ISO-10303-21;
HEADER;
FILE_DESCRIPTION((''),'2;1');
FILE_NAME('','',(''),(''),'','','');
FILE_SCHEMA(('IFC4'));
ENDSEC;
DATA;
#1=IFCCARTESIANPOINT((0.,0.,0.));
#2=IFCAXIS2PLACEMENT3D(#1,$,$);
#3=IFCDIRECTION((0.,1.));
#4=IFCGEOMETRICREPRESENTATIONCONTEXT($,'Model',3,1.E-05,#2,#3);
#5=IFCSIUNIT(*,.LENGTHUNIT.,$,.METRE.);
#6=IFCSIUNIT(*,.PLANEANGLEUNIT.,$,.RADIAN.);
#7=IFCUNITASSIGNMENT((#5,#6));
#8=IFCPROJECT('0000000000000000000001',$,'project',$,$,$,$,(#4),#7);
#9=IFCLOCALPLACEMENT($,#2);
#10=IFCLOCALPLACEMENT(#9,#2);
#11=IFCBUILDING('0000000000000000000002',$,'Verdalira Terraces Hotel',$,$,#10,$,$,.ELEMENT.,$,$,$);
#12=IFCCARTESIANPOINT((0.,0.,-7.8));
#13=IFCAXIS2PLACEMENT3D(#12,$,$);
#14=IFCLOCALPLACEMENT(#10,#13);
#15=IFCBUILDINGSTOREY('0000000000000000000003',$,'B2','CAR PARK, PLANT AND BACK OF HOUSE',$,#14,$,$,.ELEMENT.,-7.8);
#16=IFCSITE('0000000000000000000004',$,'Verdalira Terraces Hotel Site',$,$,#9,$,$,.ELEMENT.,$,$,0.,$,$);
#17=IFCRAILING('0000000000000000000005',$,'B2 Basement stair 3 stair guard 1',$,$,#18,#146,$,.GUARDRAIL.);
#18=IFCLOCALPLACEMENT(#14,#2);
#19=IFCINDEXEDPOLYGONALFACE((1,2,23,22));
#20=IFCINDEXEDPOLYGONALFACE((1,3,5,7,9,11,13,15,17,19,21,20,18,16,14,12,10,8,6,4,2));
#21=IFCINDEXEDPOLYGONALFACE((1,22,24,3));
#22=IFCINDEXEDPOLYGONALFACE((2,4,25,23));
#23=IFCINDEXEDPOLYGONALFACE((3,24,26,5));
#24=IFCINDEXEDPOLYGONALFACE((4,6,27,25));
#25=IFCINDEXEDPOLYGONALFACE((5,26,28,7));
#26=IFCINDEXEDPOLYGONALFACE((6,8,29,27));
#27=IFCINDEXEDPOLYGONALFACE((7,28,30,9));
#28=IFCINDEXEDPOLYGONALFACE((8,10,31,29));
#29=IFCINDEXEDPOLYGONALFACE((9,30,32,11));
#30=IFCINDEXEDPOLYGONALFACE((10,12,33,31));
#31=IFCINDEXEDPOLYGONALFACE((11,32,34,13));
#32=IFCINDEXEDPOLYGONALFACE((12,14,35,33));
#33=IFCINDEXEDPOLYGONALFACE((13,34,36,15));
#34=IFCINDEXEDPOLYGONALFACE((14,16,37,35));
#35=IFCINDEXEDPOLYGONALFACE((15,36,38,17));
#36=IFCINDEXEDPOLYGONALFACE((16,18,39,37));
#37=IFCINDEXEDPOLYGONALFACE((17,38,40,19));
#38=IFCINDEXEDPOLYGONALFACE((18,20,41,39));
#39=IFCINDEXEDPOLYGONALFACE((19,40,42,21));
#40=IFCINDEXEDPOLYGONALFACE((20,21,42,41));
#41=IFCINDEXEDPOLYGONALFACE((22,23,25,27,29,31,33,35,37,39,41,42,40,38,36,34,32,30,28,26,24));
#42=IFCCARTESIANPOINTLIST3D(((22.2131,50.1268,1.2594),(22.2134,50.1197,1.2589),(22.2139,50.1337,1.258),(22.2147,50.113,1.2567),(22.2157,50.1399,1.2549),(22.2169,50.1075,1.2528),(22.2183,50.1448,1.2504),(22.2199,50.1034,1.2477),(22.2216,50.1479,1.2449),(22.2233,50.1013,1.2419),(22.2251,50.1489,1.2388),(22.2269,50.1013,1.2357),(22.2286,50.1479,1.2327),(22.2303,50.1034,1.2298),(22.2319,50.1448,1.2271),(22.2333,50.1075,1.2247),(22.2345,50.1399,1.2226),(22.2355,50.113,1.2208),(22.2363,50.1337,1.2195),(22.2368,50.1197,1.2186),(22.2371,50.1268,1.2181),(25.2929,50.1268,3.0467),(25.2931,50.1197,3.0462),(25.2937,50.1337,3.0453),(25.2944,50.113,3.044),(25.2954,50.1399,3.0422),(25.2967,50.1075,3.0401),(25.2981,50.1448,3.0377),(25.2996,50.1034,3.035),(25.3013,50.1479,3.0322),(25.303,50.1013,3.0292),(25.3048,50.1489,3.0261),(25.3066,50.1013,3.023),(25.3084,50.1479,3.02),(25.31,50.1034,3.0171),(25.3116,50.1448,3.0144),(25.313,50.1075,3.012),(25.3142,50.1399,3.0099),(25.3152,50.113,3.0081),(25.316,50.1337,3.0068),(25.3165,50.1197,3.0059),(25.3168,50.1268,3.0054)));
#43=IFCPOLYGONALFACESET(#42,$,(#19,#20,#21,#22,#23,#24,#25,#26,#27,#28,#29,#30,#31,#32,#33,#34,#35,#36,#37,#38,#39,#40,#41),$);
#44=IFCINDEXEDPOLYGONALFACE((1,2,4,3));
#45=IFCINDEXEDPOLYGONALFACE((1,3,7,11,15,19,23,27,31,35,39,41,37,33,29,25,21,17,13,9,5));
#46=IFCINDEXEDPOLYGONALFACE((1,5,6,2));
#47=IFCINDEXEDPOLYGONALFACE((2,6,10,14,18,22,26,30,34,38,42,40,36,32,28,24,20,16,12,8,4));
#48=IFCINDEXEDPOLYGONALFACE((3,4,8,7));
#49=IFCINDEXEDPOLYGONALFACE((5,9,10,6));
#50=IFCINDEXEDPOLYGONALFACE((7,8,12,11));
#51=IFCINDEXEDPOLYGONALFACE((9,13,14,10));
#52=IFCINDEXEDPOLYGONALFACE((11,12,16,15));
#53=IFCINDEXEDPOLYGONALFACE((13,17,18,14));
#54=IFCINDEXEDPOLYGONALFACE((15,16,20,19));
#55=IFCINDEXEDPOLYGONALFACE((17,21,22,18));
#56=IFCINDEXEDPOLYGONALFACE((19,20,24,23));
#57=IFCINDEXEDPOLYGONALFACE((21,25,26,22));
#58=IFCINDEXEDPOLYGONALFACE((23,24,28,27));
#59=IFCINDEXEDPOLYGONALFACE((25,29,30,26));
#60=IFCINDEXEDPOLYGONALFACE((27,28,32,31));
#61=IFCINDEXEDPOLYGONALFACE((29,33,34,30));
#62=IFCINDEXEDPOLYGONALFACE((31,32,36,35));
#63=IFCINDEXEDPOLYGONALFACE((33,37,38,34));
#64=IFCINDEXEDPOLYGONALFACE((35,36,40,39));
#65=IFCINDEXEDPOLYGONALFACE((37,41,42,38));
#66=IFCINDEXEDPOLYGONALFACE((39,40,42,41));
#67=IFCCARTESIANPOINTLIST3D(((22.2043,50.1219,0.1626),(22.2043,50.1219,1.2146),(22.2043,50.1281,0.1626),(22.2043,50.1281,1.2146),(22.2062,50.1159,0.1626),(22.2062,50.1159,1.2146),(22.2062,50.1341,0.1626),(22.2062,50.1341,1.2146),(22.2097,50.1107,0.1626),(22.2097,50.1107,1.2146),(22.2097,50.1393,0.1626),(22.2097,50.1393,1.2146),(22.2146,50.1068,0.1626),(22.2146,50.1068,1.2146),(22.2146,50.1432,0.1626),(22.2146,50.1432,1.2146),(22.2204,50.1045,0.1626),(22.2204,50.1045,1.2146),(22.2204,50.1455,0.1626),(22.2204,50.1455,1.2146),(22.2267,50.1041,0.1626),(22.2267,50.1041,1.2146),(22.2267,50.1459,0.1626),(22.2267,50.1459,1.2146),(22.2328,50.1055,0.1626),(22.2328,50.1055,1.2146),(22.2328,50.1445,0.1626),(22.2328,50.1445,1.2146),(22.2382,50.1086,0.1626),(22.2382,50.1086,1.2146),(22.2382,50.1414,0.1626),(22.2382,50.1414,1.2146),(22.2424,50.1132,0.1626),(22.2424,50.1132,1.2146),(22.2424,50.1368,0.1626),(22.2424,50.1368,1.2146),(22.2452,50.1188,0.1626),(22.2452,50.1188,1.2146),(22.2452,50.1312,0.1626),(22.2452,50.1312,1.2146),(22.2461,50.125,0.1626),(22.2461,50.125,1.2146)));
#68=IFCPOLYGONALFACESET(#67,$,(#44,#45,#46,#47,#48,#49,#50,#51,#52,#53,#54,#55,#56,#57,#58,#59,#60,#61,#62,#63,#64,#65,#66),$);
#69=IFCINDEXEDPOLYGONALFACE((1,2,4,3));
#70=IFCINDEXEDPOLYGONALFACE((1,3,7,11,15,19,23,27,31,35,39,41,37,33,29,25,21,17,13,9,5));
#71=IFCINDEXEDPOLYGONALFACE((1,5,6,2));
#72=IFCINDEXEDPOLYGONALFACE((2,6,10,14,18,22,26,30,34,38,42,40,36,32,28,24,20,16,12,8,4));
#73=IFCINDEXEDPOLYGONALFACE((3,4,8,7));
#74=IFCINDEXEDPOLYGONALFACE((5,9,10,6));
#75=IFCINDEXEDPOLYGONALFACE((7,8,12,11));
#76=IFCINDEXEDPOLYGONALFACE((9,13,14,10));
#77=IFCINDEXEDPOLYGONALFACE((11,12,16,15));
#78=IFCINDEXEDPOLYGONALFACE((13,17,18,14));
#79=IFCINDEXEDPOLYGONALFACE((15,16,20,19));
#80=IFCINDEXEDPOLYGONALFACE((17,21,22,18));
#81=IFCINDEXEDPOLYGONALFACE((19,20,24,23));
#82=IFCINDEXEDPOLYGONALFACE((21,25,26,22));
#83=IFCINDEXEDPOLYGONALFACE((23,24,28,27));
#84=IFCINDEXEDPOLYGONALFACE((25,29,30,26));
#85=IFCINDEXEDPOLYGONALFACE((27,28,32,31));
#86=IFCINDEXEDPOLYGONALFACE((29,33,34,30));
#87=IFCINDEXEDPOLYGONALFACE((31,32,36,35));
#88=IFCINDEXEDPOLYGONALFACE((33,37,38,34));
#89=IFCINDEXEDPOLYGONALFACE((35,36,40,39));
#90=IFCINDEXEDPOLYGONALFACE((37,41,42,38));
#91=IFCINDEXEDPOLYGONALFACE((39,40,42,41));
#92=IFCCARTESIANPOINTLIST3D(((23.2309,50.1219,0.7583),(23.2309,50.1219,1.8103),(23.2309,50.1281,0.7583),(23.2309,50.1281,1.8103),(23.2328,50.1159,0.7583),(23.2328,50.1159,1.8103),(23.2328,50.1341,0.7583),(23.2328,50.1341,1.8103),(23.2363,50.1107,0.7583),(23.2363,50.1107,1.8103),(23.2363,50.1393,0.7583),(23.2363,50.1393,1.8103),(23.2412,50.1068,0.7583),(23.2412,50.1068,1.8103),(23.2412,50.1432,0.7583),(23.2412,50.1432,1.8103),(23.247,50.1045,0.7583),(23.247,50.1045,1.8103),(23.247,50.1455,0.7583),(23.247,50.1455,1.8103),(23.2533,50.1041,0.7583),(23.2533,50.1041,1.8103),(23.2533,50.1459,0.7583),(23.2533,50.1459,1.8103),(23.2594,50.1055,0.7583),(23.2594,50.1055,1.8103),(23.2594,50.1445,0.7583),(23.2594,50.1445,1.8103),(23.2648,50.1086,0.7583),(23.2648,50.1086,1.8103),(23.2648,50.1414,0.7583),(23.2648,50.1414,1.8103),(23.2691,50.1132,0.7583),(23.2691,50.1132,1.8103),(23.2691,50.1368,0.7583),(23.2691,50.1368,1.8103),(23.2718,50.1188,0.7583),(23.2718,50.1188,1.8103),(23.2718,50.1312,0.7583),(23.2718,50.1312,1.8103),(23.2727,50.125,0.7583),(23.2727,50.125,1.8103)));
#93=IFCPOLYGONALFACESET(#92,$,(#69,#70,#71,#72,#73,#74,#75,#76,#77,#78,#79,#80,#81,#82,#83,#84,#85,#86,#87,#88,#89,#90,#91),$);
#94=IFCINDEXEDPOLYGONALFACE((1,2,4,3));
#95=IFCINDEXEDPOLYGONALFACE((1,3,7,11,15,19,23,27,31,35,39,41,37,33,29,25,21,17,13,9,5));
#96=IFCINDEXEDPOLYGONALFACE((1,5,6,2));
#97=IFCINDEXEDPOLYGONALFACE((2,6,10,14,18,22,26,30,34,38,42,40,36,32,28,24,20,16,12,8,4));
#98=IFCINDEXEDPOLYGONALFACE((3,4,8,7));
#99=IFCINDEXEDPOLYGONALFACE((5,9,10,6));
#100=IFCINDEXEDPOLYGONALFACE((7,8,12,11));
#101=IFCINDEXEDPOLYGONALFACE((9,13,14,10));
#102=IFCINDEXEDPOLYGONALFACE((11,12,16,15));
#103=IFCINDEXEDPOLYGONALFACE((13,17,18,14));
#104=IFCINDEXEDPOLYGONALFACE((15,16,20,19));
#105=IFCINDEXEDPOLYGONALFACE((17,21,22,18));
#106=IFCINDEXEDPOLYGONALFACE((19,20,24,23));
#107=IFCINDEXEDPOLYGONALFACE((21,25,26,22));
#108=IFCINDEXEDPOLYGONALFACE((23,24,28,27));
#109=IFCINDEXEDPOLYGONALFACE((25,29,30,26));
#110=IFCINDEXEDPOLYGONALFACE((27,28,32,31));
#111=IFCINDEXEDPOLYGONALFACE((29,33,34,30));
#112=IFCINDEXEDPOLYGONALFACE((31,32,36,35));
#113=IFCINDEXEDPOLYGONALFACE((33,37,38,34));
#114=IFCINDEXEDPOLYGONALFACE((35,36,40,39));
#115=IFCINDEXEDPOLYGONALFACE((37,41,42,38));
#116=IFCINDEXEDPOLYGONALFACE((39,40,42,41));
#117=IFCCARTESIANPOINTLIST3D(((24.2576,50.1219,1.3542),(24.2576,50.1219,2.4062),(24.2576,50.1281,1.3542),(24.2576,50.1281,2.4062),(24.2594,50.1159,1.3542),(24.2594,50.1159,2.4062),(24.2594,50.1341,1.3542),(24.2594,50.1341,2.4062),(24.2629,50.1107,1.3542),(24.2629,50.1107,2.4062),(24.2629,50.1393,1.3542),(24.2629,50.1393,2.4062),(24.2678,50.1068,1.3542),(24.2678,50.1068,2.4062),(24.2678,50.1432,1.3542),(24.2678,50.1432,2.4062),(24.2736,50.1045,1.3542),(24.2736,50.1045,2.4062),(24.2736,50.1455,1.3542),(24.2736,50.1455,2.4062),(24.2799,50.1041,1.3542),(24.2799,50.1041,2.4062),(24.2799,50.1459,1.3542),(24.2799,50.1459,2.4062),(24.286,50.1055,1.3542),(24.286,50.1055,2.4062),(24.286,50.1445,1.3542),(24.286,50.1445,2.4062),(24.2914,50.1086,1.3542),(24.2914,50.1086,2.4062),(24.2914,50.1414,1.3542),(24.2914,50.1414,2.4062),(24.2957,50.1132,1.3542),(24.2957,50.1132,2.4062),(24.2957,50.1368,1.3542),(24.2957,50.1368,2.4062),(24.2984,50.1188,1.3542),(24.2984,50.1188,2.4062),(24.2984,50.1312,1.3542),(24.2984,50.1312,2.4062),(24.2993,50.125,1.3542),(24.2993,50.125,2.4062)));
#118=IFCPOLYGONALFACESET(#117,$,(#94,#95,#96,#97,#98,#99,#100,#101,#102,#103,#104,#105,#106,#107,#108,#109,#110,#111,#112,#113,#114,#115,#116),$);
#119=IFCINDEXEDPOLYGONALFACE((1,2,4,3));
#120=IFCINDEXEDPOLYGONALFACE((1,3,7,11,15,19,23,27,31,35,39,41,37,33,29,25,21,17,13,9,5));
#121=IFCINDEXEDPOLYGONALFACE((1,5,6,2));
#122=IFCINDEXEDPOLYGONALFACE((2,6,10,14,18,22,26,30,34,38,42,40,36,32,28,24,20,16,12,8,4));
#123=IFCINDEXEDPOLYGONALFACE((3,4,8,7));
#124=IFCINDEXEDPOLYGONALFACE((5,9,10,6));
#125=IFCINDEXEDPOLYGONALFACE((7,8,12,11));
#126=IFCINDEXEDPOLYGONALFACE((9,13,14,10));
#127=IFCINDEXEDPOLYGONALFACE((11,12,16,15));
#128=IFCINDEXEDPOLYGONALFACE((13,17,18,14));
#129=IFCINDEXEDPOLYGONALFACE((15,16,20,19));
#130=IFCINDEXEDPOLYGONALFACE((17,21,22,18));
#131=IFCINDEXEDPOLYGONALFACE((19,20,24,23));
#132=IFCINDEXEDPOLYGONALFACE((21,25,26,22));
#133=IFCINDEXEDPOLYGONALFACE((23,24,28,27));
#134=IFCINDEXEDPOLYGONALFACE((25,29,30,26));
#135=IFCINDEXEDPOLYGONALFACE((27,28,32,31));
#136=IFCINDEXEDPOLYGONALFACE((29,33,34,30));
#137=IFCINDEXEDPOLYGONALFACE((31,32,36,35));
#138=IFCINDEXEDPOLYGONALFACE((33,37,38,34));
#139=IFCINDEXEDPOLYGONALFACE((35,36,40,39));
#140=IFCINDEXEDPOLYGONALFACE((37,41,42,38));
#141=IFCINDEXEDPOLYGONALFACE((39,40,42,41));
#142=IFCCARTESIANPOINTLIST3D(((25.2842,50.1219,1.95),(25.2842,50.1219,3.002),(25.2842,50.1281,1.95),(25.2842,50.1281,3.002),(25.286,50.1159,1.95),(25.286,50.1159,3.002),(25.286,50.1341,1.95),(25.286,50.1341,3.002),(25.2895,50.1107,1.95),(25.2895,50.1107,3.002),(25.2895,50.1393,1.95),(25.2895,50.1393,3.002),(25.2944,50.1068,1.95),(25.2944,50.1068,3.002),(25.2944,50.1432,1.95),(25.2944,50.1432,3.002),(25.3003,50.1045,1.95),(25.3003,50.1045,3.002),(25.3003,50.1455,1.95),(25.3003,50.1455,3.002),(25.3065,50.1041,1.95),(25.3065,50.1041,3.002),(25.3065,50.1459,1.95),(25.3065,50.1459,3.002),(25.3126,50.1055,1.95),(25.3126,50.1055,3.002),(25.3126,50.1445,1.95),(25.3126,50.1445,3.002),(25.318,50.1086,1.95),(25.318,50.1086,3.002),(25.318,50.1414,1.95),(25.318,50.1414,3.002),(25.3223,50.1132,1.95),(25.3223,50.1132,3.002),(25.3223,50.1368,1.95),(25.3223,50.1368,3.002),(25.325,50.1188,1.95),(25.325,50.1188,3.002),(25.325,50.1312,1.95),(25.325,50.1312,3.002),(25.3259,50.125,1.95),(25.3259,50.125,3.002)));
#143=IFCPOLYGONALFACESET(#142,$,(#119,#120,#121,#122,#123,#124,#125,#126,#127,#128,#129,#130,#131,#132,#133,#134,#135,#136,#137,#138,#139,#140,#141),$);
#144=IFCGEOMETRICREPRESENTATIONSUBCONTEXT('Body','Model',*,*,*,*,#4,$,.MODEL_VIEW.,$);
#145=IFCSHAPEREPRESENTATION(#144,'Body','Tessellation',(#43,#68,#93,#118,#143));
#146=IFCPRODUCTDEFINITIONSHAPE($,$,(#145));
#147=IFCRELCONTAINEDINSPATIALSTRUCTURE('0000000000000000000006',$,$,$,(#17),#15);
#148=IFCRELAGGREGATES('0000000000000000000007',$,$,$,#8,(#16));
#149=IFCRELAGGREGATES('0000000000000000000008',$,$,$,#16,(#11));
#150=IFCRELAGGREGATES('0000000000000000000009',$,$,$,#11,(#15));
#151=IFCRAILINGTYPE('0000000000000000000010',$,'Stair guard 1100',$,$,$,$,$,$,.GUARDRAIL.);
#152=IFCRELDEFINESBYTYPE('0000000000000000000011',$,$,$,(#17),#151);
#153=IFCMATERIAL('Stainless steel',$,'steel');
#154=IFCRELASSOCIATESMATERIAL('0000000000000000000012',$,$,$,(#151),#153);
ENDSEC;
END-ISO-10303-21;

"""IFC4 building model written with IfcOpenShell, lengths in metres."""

from ifc_helpers import new_model, si_unit, direction, frame, origin, origin_2d, place, context, subcontext, project, spatial, circle, extrude, material, type_object, element, save


model = new_model("IFC4")

# Units and contexts
model_context = context("Model", 3, precision=1e-05, world=origin(), true_north=direction((0.0, 1.0)))
body_context = subcontext(model_context, "Body", "Model", "MODEL_VIEW")
ifc_project = project(units=[si_unit("LENGTHUNIT", "METRE"), si_unit("PLANEANGLEUNIT", "RADIAN")], contexts=[model_context])

# Site, building, storey
site_placement = place(None, origin())
site = spatial("IfcSite", under=ifc_project, at=site_placement, Name="Verdalira Terraces Hotel Site", CompositionType="ELEMENT", RefElevation=0.0)
building_placement = place(site_placement, origin())
building = spatial("IfcBuilding", under=site, at=building_placement, Name="Verdalira Terraces Hotel", CompositionType="ELEMENT")
storey_placement = place(building_placement, frame((0.0, 0.0, -7.8)))
storey = spatial("IfcBuildingStorey", under=building, at=storey_placement, Name="B2", Description="CAR PARK, PLANT AND BACK OF HOUSE", CompositionType="ELEMENT", Elevation=-7.8)

# Railing
ifc_material_1 = material(Name="Stainless steel", Category="steel")
railing_type_1 = type_object("IfcRailingType", Name="Stair guard 1100", PredefinedType="GUARDRAIL", material=ifc_material_1)
railing_1_placement = place(storey_placement, frame((22.2251, 50.125, 0.1626)))
element("IfcRailing", 1, at=railing_1_placement, inside=storey, type_object=railing_type_1, Name="B2 Basement stair 3 stair guard 1", PredefinedType="GUARDRAIL", context=body_context, shape_type="SweptSolid", body=[
    extrude(circle(Radius=0.0239, at=origin_2d()), frame((0.0, 0.0, 1.0762), z_axis=(0.864903, 0.0, 0.501939), x_axis=(0.0, 1.0, 0.0)), (0.0, 0.0, 1.0), 3.5608),
    extrude(circle(Radius=0.021, at=origin_2d()), origin(), (0.0, 0.0, 1.0), 1.052),
    extrude(circle(Radius=0.021, at=origin_2d()), frame((1.0266, 0.0, 0.5957)), (0.0, 0.0, 1.0), 1.052),
    extrude(circle(Radius=0.021, at=origin_2d()), frame((2.0532, 0.0, 1.1917)), (0.0, 0.0, 1.0), 1.052),
    extrude(circle(Radius=0.021, at=origin_2d()), frame((3.0798, 0.0, 1.7874)), (0.0, 0.0, 1.0), 1.052),
])

save(model, "model.ifc")
